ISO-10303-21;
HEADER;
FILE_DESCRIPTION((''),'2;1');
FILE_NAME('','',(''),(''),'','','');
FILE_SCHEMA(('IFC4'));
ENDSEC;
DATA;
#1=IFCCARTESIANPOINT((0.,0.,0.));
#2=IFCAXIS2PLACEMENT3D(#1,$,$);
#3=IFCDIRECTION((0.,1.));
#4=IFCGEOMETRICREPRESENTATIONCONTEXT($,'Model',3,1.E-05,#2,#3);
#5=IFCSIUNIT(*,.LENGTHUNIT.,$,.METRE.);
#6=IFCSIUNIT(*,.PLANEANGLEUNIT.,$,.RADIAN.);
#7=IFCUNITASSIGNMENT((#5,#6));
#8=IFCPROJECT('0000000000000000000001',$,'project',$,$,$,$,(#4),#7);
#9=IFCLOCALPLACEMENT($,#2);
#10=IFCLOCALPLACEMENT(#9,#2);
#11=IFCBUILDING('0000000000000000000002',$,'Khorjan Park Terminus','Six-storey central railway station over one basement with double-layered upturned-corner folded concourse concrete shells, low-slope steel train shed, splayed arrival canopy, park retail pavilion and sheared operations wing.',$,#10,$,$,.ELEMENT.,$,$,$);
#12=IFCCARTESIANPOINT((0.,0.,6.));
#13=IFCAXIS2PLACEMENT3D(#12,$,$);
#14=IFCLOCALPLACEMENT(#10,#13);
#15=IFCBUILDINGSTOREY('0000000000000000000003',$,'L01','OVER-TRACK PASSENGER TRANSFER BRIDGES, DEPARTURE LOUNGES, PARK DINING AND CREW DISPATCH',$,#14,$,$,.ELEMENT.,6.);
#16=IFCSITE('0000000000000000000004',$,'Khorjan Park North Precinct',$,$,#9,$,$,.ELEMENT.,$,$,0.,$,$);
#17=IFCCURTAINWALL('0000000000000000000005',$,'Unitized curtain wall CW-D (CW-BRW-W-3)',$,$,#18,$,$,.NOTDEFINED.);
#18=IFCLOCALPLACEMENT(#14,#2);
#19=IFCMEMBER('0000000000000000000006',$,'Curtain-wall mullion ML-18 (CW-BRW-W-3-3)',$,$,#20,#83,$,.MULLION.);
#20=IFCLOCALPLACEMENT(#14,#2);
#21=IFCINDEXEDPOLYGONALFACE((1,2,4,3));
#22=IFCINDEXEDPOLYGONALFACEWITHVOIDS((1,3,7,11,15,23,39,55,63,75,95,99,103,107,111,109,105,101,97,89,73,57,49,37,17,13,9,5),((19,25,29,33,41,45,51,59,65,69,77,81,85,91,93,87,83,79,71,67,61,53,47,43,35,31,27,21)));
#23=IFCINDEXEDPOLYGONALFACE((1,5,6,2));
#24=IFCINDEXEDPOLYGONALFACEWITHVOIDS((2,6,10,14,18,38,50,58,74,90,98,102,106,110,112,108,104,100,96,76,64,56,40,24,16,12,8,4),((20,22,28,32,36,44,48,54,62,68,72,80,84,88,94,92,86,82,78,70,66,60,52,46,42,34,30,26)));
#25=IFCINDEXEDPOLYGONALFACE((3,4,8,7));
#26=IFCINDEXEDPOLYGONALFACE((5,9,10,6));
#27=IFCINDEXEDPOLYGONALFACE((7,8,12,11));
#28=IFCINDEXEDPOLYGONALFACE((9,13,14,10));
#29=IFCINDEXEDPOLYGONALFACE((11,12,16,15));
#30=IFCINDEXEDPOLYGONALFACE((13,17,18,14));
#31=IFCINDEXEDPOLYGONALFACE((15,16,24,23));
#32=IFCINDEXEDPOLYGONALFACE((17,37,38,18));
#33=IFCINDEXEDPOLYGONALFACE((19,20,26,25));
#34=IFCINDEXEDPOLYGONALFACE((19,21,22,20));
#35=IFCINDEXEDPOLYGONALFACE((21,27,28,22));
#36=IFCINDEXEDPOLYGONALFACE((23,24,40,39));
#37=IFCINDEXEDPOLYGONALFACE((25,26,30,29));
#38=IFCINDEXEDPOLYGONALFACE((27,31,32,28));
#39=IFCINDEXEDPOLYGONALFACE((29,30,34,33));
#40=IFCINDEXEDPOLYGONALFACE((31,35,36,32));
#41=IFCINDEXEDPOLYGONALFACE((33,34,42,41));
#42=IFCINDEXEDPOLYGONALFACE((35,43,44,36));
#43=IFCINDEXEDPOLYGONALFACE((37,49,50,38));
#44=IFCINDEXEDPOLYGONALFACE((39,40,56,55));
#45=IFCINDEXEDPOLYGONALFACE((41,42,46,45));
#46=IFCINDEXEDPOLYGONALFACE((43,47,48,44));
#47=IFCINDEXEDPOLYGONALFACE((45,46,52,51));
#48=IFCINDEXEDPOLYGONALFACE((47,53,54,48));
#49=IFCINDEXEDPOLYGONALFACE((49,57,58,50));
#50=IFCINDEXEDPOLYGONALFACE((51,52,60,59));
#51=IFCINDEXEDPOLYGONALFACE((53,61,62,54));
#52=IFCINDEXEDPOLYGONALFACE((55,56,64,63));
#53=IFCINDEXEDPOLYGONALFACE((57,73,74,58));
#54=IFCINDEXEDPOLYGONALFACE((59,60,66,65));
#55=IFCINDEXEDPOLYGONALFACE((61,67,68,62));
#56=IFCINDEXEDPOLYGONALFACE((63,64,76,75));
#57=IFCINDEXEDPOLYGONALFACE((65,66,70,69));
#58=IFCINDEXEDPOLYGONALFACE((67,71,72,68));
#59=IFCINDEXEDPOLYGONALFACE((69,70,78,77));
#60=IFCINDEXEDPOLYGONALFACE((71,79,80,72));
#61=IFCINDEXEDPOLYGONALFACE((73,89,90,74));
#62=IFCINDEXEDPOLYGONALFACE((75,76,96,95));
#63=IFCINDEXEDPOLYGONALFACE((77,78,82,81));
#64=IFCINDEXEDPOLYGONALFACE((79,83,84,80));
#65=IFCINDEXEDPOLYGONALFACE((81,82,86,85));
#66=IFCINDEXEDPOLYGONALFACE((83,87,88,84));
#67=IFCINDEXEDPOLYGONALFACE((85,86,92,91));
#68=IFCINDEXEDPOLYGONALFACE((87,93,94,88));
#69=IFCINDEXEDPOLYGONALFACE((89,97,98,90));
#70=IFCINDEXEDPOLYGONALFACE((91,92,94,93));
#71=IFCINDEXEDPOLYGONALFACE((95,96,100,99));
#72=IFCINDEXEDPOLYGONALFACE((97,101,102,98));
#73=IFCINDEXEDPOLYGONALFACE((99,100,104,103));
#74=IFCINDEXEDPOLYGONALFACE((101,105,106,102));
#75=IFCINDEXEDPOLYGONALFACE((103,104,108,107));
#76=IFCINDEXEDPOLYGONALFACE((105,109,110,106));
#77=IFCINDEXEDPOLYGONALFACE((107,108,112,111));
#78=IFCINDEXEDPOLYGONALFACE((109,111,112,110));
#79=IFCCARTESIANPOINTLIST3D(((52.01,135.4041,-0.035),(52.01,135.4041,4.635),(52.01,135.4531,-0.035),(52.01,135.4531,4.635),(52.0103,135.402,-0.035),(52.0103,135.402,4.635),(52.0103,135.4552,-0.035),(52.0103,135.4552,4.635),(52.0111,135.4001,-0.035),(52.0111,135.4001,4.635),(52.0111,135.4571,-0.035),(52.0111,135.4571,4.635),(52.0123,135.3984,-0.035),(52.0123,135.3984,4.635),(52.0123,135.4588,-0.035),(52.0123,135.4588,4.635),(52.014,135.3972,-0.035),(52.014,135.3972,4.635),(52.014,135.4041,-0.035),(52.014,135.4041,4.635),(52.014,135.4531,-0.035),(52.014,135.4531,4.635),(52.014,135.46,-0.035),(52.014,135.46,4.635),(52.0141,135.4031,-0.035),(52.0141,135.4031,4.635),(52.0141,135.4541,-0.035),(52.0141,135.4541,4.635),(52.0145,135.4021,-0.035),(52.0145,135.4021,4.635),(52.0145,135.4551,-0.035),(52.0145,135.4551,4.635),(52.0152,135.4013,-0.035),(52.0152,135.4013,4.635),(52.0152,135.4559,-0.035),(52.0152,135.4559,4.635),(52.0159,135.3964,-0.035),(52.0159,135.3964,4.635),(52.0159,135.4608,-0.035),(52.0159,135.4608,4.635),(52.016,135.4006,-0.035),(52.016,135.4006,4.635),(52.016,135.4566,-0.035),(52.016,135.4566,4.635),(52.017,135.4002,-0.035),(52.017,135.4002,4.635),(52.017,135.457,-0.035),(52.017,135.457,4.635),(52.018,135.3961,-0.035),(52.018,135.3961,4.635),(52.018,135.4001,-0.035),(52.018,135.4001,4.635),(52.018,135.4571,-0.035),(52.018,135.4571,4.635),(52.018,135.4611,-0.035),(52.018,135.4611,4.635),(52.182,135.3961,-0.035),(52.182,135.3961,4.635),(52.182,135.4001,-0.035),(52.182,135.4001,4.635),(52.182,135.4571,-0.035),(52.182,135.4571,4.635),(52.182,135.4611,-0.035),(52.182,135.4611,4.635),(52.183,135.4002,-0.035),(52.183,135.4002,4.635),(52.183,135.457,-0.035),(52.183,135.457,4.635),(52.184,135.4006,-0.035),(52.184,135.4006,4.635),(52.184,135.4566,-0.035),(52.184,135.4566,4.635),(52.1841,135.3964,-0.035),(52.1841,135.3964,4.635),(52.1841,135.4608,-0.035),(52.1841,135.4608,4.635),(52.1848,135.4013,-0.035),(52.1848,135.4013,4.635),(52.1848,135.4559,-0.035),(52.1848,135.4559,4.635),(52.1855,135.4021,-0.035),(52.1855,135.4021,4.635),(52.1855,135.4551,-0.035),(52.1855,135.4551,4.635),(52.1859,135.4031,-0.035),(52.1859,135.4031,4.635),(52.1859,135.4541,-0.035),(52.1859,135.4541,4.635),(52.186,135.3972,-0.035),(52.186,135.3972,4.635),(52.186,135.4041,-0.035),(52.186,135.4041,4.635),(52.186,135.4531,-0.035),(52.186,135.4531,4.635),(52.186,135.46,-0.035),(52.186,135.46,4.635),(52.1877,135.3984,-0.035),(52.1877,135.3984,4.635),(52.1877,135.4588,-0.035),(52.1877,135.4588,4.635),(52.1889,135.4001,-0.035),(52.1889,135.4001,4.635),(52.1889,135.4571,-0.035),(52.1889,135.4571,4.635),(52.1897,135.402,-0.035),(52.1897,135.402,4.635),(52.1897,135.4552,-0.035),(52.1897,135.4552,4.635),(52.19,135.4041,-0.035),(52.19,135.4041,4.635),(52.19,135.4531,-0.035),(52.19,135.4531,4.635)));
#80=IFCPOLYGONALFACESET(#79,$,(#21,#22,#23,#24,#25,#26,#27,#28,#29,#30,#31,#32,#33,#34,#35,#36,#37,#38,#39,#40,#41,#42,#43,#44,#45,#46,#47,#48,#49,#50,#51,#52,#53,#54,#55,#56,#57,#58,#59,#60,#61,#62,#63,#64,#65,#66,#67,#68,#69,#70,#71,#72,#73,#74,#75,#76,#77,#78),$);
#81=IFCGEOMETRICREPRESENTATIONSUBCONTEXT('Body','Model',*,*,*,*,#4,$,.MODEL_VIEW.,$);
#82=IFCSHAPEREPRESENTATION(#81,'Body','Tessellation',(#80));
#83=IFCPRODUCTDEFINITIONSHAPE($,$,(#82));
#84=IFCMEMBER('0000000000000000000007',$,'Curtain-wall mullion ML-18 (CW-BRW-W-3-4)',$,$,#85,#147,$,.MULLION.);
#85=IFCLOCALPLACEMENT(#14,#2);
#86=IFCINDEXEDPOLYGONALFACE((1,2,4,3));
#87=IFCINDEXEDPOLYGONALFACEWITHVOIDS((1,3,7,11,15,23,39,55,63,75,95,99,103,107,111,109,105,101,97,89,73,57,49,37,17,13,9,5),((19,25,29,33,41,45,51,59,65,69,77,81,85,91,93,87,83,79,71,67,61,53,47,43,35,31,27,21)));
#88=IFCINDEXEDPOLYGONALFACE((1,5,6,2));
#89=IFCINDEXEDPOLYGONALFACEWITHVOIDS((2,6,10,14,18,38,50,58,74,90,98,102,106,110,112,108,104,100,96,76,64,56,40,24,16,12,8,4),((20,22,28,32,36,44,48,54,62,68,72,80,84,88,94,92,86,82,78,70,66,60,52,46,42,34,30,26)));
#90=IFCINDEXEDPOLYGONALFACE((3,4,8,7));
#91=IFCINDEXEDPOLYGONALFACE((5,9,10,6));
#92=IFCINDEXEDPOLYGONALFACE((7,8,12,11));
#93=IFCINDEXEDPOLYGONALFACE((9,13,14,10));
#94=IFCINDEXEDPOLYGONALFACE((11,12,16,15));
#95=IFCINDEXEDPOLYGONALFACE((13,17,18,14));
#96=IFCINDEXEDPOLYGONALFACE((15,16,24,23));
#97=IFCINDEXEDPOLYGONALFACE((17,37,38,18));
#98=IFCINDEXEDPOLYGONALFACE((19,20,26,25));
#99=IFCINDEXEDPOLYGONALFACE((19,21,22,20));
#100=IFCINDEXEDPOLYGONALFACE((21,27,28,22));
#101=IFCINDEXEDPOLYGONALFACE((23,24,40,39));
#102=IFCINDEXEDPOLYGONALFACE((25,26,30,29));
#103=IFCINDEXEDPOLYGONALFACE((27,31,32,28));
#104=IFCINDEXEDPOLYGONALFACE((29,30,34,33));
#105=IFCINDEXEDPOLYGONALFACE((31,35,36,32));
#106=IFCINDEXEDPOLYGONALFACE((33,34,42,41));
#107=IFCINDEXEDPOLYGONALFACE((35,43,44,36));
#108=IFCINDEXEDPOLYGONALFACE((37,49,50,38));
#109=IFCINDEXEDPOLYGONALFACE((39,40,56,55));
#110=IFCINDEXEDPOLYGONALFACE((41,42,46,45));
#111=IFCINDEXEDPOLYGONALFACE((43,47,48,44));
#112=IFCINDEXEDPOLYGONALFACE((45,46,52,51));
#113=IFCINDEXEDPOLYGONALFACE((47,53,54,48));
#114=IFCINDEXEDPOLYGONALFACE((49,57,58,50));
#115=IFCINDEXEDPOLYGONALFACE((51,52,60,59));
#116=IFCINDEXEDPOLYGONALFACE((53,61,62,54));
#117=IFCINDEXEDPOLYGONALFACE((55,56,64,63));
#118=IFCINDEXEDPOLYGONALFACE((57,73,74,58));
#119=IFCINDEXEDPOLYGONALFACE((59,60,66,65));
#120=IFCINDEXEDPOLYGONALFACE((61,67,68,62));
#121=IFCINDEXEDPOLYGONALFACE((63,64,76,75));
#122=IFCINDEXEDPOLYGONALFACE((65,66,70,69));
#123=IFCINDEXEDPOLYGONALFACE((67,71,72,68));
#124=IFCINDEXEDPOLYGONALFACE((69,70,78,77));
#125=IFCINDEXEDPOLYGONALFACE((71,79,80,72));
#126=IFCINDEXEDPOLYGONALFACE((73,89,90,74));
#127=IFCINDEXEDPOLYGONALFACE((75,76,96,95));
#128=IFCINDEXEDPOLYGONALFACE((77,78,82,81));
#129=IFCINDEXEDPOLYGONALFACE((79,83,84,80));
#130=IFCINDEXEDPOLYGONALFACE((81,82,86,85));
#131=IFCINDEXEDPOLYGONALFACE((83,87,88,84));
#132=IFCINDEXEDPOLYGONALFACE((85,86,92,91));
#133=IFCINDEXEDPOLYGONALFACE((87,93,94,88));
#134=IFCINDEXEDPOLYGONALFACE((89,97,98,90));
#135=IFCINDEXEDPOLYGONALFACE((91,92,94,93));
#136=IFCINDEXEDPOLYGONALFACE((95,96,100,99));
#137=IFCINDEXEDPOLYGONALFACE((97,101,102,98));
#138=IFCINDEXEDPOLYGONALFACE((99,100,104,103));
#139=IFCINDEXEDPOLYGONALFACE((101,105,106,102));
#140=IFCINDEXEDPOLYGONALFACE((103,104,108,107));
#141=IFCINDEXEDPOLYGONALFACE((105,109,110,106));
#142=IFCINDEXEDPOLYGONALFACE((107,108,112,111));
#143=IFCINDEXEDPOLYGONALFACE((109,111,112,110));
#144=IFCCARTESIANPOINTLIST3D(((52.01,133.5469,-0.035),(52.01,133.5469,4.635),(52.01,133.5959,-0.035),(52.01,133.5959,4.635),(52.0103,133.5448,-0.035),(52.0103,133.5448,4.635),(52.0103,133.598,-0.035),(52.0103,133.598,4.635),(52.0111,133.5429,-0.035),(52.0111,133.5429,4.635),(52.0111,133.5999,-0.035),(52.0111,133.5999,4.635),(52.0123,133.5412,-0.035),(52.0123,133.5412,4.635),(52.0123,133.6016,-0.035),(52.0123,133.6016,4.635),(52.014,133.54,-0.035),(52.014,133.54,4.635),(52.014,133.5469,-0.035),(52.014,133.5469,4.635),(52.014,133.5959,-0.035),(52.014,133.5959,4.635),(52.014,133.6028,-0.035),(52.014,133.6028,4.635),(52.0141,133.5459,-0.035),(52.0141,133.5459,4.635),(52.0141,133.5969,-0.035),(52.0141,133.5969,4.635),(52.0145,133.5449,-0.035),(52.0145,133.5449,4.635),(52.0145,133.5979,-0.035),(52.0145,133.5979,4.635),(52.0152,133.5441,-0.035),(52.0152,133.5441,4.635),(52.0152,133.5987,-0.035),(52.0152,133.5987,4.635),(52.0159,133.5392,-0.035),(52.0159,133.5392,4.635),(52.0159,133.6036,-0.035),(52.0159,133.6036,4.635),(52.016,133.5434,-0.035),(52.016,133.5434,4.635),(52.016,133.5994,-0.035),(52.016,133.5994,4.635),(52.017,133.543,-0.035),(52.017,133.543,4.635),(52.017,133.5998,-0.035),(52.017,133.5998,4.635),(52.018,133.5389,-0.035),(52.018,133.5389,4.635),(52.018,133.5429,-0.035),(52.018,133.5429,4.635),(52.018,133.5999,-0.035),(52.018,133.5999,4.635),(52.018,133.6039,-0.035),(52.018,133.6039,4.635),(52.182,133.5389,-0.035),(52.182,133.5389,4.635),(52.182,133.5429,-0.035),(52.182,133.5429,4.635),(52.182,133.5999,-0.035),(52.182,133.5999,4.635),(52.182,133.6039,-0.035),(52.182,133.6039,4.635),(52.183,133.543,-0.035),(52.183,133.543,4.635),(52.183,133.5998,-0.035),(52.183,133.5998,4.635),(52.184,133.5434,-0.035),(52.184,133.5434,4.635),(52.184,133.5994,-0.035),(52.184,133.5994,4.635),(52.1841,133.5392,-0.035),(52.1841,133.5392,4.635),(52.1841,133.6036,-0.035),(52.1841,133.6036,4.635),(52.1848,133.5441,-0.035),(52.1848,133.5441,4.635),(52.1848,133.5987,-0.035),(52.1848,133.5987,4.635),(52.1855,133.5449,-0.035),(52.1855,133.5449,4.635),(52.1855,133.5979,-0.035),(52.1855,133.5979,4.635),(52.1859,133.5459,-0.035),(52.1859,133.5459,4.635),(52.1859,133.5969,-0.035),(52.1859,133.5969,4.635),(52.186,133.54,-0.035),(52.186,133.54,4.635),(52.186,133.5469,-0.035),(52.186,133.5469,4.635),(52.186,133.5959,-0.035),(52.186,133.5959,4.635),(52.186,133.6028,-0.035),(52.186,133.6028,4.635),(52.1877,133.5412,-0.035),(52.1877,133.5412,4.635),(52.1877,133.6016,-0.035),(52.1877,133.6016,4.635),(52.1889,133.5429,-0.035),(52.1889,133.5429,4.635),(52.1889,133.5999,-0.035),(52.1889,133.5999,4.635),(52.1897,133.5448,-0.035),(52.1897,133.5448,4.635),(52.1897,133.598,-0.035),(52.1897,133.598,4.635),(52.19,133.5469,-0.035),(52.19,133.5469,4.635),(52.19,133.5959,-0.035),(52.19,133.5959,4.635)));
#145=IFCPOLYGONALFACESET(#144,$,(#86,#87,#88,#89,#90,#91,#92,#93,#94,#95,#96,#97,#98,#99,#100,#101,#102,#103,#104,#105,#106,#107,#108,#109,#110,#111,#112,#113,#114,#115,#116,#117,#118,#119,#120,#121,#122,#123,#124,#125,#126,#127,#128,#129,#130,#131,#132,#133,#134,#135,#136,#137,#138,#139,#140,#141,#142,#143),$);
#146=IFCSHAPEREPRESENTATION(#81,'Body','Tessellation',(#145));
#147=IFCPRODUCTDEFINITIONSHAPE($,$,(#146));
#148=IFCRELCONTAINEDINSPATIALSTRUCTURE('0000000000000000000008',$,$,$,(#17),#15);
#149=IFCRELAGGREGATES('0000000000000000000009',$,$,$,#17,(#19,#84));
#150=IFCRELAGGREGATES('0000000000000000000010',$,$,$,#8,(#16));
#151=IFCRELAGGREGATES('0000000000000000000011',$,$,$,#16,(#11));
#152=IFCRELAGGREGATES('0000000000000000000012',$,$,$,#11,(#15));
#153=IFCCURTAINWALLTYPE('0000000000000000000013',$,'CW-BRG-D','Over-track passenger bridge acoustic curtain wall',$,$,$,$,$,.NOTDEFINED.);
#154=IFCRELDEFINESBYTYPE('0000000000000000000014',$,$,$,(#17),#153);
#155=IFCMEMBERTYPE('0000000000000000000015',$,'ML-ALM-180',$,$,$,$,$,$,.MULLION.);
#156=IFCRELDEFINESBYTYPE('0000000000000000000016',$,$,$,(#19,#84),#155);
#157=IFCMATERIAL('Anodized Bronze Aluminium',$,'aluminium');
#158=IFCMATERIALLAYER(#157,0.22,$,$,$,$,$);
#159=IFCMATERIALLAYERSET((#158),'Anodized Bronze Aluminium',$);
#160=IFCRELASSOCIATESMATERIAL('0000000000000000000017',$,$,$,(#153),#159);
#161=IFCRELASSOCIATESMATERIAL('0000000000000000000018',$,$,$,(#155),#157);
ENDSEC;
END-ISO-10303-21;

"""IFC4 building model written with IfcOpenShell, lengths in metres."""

from ifc_helpers import new_model, si_unit, direction, frame, origin, origin_2d, place, context, subcontext, project, spatial, hollow_rectangle, extrude, material, layer, layer_set, material_profile, profile_set, type_object, element, aggregate, save


model = new_model("IFC4")

# Units and contexts
model_context = context("Model", 3, precision=1e-05, world=origin(), true_north=direction((0.0, 1.0)))
body_context = subcontext(model_context, "Body", "Model", "MODEL_VIEW")
ifc_project = project(units=[si_unit("LENGTHUNIT", "METRE"), si_unit("PLANEANGLEUNIT", "RADIAN")], contexts=[model_context])

# Site, building, storey
site_placement = place(None, origin())
site = spatial("IfcSite", under=ifc_project, at=site_placement, Name="Khorjan Park North Precinct", CompositionType="ELEMENT", RefElevation=0.0)
building_placement = place(site_placement, origin())
building = spatial("IfcBuilding", under=site, at=building_placement, Name="Khorjan Park Terminus", Description="Six-storey central railway station over one basement with double-layered upturned-corner folded concourse concrete shells, low-slope steel train shed, splayed arrival canopy, park retail pavilion and sheared operations wing.", CompositionType="ELEMENT")
storey_placement = place(building_placement, frame((0.0, 0.0, 6.0)))
storey = spatial("IfcBuildingStorey", under=building, at=storey_placement, Name="L01", Description="OVER-TRACK PASSENGER TRANSFER BRIDGES, DEPARTURE LOUNGES, PARK DINING AND CREW DISPATCH", CompositionType="ELEMENT", Elevation=6.0)

# Curtain wall, members
ifc_material_1 = material(Name="Anodized Bronze Aluminium", Category="aluminium")
ifc_layer_1 = layer(ifc_material_1, 0.22)
ifc_layer_set_1 = layer_set([ifc_layer_1], Name="Anodized Bronze Aluminium")
curtain_wall_type = type_object("IfcCurtainWallType", Name="CW-BRG-D", Description="Over-track passenger bridge acoustic curtain wall", PredefinedType="NOTDEFINED", material=ifc_layer_set_1)
curtain_wall_placement = place(storey_placement, origin())
curtain_wall = element("IfcCurtainWall", 1, at=curtain_wall_placement, inside=storey, type_object=curtain_wall_type, Name="Unitized curtain wall CW-D (CW-BRW-W-3)", PredefinedType="NOTDEFINED")
ifc_material_profile_1 = material_profile(ifc_material_1, hollow_rectangle(XDim=0.065, YDim=0.18, WallThickness=0.004, InnerFilletRadius=0.004, OuterFilletRadius=0.008, at=origin_2d()), Name="ALM 65x180x4")
ifc_profile_set_1 = profile_set([ifc_material_profile_1], Name="Anodized Bronze Aluminium")
member_type_1 = type_object("IfcMemberType", Name="ML-ALM-180", PredefinedType="MULLION", material=ifc_profile_set_1)
member_1_placement = place(storey_placement, frame((52.1, 135.4286, -0.035), z_axis=(0.0, 0.0, 1.0), x_axis=(0.0, -1.0, 0.0)))
member_1 = element("IfcMember", 2, at=member_1_placement, type_object=member_type_1, Name="Curtain-wall mullion ML-18 (CW-BRW-W-3-3)", PredefinedType="MULLION", context=body_context, shape_type="SweptSolid", body=[
    extrude(hollow_rectangle(XDim=0.065, YDim=0.18, WallThickness=0.004, InnerFilletRadius=0.004, OuterFilletRadius=0.008, at=origin_2d()), origin(), (0.0, 0.0, 1.0), 4.67),
])
member_2_placement = place(storey_placement, frame((52.1, 133.5714, -0.035), z_axis=(0.0, 0.0, 1.0), x_axis=(0.0, -1.0, 0.0)))
member_2 = element("IfcMember", 3, at=member_2_placement, type_object=member_type_1, Name="Curtain-wall mullion ML-18 (CW-BRW-W-3-4)", PredefinedType="MULLION", context=body_context, shape_type="SweptSolid", body=[
    extrude(hollow_rectangle(XDim=0.065, YDim=0.18, WallThickness=0.004, InnerFilletRadius=0.004, OuterFilletRadius=0.008, at=origin_2d()), origin(), (0.0, 0.0, 1.0), 4.67),
])
aggregate(curtain_wall, [member_1, member_2])

save(model, "model.ifc")
